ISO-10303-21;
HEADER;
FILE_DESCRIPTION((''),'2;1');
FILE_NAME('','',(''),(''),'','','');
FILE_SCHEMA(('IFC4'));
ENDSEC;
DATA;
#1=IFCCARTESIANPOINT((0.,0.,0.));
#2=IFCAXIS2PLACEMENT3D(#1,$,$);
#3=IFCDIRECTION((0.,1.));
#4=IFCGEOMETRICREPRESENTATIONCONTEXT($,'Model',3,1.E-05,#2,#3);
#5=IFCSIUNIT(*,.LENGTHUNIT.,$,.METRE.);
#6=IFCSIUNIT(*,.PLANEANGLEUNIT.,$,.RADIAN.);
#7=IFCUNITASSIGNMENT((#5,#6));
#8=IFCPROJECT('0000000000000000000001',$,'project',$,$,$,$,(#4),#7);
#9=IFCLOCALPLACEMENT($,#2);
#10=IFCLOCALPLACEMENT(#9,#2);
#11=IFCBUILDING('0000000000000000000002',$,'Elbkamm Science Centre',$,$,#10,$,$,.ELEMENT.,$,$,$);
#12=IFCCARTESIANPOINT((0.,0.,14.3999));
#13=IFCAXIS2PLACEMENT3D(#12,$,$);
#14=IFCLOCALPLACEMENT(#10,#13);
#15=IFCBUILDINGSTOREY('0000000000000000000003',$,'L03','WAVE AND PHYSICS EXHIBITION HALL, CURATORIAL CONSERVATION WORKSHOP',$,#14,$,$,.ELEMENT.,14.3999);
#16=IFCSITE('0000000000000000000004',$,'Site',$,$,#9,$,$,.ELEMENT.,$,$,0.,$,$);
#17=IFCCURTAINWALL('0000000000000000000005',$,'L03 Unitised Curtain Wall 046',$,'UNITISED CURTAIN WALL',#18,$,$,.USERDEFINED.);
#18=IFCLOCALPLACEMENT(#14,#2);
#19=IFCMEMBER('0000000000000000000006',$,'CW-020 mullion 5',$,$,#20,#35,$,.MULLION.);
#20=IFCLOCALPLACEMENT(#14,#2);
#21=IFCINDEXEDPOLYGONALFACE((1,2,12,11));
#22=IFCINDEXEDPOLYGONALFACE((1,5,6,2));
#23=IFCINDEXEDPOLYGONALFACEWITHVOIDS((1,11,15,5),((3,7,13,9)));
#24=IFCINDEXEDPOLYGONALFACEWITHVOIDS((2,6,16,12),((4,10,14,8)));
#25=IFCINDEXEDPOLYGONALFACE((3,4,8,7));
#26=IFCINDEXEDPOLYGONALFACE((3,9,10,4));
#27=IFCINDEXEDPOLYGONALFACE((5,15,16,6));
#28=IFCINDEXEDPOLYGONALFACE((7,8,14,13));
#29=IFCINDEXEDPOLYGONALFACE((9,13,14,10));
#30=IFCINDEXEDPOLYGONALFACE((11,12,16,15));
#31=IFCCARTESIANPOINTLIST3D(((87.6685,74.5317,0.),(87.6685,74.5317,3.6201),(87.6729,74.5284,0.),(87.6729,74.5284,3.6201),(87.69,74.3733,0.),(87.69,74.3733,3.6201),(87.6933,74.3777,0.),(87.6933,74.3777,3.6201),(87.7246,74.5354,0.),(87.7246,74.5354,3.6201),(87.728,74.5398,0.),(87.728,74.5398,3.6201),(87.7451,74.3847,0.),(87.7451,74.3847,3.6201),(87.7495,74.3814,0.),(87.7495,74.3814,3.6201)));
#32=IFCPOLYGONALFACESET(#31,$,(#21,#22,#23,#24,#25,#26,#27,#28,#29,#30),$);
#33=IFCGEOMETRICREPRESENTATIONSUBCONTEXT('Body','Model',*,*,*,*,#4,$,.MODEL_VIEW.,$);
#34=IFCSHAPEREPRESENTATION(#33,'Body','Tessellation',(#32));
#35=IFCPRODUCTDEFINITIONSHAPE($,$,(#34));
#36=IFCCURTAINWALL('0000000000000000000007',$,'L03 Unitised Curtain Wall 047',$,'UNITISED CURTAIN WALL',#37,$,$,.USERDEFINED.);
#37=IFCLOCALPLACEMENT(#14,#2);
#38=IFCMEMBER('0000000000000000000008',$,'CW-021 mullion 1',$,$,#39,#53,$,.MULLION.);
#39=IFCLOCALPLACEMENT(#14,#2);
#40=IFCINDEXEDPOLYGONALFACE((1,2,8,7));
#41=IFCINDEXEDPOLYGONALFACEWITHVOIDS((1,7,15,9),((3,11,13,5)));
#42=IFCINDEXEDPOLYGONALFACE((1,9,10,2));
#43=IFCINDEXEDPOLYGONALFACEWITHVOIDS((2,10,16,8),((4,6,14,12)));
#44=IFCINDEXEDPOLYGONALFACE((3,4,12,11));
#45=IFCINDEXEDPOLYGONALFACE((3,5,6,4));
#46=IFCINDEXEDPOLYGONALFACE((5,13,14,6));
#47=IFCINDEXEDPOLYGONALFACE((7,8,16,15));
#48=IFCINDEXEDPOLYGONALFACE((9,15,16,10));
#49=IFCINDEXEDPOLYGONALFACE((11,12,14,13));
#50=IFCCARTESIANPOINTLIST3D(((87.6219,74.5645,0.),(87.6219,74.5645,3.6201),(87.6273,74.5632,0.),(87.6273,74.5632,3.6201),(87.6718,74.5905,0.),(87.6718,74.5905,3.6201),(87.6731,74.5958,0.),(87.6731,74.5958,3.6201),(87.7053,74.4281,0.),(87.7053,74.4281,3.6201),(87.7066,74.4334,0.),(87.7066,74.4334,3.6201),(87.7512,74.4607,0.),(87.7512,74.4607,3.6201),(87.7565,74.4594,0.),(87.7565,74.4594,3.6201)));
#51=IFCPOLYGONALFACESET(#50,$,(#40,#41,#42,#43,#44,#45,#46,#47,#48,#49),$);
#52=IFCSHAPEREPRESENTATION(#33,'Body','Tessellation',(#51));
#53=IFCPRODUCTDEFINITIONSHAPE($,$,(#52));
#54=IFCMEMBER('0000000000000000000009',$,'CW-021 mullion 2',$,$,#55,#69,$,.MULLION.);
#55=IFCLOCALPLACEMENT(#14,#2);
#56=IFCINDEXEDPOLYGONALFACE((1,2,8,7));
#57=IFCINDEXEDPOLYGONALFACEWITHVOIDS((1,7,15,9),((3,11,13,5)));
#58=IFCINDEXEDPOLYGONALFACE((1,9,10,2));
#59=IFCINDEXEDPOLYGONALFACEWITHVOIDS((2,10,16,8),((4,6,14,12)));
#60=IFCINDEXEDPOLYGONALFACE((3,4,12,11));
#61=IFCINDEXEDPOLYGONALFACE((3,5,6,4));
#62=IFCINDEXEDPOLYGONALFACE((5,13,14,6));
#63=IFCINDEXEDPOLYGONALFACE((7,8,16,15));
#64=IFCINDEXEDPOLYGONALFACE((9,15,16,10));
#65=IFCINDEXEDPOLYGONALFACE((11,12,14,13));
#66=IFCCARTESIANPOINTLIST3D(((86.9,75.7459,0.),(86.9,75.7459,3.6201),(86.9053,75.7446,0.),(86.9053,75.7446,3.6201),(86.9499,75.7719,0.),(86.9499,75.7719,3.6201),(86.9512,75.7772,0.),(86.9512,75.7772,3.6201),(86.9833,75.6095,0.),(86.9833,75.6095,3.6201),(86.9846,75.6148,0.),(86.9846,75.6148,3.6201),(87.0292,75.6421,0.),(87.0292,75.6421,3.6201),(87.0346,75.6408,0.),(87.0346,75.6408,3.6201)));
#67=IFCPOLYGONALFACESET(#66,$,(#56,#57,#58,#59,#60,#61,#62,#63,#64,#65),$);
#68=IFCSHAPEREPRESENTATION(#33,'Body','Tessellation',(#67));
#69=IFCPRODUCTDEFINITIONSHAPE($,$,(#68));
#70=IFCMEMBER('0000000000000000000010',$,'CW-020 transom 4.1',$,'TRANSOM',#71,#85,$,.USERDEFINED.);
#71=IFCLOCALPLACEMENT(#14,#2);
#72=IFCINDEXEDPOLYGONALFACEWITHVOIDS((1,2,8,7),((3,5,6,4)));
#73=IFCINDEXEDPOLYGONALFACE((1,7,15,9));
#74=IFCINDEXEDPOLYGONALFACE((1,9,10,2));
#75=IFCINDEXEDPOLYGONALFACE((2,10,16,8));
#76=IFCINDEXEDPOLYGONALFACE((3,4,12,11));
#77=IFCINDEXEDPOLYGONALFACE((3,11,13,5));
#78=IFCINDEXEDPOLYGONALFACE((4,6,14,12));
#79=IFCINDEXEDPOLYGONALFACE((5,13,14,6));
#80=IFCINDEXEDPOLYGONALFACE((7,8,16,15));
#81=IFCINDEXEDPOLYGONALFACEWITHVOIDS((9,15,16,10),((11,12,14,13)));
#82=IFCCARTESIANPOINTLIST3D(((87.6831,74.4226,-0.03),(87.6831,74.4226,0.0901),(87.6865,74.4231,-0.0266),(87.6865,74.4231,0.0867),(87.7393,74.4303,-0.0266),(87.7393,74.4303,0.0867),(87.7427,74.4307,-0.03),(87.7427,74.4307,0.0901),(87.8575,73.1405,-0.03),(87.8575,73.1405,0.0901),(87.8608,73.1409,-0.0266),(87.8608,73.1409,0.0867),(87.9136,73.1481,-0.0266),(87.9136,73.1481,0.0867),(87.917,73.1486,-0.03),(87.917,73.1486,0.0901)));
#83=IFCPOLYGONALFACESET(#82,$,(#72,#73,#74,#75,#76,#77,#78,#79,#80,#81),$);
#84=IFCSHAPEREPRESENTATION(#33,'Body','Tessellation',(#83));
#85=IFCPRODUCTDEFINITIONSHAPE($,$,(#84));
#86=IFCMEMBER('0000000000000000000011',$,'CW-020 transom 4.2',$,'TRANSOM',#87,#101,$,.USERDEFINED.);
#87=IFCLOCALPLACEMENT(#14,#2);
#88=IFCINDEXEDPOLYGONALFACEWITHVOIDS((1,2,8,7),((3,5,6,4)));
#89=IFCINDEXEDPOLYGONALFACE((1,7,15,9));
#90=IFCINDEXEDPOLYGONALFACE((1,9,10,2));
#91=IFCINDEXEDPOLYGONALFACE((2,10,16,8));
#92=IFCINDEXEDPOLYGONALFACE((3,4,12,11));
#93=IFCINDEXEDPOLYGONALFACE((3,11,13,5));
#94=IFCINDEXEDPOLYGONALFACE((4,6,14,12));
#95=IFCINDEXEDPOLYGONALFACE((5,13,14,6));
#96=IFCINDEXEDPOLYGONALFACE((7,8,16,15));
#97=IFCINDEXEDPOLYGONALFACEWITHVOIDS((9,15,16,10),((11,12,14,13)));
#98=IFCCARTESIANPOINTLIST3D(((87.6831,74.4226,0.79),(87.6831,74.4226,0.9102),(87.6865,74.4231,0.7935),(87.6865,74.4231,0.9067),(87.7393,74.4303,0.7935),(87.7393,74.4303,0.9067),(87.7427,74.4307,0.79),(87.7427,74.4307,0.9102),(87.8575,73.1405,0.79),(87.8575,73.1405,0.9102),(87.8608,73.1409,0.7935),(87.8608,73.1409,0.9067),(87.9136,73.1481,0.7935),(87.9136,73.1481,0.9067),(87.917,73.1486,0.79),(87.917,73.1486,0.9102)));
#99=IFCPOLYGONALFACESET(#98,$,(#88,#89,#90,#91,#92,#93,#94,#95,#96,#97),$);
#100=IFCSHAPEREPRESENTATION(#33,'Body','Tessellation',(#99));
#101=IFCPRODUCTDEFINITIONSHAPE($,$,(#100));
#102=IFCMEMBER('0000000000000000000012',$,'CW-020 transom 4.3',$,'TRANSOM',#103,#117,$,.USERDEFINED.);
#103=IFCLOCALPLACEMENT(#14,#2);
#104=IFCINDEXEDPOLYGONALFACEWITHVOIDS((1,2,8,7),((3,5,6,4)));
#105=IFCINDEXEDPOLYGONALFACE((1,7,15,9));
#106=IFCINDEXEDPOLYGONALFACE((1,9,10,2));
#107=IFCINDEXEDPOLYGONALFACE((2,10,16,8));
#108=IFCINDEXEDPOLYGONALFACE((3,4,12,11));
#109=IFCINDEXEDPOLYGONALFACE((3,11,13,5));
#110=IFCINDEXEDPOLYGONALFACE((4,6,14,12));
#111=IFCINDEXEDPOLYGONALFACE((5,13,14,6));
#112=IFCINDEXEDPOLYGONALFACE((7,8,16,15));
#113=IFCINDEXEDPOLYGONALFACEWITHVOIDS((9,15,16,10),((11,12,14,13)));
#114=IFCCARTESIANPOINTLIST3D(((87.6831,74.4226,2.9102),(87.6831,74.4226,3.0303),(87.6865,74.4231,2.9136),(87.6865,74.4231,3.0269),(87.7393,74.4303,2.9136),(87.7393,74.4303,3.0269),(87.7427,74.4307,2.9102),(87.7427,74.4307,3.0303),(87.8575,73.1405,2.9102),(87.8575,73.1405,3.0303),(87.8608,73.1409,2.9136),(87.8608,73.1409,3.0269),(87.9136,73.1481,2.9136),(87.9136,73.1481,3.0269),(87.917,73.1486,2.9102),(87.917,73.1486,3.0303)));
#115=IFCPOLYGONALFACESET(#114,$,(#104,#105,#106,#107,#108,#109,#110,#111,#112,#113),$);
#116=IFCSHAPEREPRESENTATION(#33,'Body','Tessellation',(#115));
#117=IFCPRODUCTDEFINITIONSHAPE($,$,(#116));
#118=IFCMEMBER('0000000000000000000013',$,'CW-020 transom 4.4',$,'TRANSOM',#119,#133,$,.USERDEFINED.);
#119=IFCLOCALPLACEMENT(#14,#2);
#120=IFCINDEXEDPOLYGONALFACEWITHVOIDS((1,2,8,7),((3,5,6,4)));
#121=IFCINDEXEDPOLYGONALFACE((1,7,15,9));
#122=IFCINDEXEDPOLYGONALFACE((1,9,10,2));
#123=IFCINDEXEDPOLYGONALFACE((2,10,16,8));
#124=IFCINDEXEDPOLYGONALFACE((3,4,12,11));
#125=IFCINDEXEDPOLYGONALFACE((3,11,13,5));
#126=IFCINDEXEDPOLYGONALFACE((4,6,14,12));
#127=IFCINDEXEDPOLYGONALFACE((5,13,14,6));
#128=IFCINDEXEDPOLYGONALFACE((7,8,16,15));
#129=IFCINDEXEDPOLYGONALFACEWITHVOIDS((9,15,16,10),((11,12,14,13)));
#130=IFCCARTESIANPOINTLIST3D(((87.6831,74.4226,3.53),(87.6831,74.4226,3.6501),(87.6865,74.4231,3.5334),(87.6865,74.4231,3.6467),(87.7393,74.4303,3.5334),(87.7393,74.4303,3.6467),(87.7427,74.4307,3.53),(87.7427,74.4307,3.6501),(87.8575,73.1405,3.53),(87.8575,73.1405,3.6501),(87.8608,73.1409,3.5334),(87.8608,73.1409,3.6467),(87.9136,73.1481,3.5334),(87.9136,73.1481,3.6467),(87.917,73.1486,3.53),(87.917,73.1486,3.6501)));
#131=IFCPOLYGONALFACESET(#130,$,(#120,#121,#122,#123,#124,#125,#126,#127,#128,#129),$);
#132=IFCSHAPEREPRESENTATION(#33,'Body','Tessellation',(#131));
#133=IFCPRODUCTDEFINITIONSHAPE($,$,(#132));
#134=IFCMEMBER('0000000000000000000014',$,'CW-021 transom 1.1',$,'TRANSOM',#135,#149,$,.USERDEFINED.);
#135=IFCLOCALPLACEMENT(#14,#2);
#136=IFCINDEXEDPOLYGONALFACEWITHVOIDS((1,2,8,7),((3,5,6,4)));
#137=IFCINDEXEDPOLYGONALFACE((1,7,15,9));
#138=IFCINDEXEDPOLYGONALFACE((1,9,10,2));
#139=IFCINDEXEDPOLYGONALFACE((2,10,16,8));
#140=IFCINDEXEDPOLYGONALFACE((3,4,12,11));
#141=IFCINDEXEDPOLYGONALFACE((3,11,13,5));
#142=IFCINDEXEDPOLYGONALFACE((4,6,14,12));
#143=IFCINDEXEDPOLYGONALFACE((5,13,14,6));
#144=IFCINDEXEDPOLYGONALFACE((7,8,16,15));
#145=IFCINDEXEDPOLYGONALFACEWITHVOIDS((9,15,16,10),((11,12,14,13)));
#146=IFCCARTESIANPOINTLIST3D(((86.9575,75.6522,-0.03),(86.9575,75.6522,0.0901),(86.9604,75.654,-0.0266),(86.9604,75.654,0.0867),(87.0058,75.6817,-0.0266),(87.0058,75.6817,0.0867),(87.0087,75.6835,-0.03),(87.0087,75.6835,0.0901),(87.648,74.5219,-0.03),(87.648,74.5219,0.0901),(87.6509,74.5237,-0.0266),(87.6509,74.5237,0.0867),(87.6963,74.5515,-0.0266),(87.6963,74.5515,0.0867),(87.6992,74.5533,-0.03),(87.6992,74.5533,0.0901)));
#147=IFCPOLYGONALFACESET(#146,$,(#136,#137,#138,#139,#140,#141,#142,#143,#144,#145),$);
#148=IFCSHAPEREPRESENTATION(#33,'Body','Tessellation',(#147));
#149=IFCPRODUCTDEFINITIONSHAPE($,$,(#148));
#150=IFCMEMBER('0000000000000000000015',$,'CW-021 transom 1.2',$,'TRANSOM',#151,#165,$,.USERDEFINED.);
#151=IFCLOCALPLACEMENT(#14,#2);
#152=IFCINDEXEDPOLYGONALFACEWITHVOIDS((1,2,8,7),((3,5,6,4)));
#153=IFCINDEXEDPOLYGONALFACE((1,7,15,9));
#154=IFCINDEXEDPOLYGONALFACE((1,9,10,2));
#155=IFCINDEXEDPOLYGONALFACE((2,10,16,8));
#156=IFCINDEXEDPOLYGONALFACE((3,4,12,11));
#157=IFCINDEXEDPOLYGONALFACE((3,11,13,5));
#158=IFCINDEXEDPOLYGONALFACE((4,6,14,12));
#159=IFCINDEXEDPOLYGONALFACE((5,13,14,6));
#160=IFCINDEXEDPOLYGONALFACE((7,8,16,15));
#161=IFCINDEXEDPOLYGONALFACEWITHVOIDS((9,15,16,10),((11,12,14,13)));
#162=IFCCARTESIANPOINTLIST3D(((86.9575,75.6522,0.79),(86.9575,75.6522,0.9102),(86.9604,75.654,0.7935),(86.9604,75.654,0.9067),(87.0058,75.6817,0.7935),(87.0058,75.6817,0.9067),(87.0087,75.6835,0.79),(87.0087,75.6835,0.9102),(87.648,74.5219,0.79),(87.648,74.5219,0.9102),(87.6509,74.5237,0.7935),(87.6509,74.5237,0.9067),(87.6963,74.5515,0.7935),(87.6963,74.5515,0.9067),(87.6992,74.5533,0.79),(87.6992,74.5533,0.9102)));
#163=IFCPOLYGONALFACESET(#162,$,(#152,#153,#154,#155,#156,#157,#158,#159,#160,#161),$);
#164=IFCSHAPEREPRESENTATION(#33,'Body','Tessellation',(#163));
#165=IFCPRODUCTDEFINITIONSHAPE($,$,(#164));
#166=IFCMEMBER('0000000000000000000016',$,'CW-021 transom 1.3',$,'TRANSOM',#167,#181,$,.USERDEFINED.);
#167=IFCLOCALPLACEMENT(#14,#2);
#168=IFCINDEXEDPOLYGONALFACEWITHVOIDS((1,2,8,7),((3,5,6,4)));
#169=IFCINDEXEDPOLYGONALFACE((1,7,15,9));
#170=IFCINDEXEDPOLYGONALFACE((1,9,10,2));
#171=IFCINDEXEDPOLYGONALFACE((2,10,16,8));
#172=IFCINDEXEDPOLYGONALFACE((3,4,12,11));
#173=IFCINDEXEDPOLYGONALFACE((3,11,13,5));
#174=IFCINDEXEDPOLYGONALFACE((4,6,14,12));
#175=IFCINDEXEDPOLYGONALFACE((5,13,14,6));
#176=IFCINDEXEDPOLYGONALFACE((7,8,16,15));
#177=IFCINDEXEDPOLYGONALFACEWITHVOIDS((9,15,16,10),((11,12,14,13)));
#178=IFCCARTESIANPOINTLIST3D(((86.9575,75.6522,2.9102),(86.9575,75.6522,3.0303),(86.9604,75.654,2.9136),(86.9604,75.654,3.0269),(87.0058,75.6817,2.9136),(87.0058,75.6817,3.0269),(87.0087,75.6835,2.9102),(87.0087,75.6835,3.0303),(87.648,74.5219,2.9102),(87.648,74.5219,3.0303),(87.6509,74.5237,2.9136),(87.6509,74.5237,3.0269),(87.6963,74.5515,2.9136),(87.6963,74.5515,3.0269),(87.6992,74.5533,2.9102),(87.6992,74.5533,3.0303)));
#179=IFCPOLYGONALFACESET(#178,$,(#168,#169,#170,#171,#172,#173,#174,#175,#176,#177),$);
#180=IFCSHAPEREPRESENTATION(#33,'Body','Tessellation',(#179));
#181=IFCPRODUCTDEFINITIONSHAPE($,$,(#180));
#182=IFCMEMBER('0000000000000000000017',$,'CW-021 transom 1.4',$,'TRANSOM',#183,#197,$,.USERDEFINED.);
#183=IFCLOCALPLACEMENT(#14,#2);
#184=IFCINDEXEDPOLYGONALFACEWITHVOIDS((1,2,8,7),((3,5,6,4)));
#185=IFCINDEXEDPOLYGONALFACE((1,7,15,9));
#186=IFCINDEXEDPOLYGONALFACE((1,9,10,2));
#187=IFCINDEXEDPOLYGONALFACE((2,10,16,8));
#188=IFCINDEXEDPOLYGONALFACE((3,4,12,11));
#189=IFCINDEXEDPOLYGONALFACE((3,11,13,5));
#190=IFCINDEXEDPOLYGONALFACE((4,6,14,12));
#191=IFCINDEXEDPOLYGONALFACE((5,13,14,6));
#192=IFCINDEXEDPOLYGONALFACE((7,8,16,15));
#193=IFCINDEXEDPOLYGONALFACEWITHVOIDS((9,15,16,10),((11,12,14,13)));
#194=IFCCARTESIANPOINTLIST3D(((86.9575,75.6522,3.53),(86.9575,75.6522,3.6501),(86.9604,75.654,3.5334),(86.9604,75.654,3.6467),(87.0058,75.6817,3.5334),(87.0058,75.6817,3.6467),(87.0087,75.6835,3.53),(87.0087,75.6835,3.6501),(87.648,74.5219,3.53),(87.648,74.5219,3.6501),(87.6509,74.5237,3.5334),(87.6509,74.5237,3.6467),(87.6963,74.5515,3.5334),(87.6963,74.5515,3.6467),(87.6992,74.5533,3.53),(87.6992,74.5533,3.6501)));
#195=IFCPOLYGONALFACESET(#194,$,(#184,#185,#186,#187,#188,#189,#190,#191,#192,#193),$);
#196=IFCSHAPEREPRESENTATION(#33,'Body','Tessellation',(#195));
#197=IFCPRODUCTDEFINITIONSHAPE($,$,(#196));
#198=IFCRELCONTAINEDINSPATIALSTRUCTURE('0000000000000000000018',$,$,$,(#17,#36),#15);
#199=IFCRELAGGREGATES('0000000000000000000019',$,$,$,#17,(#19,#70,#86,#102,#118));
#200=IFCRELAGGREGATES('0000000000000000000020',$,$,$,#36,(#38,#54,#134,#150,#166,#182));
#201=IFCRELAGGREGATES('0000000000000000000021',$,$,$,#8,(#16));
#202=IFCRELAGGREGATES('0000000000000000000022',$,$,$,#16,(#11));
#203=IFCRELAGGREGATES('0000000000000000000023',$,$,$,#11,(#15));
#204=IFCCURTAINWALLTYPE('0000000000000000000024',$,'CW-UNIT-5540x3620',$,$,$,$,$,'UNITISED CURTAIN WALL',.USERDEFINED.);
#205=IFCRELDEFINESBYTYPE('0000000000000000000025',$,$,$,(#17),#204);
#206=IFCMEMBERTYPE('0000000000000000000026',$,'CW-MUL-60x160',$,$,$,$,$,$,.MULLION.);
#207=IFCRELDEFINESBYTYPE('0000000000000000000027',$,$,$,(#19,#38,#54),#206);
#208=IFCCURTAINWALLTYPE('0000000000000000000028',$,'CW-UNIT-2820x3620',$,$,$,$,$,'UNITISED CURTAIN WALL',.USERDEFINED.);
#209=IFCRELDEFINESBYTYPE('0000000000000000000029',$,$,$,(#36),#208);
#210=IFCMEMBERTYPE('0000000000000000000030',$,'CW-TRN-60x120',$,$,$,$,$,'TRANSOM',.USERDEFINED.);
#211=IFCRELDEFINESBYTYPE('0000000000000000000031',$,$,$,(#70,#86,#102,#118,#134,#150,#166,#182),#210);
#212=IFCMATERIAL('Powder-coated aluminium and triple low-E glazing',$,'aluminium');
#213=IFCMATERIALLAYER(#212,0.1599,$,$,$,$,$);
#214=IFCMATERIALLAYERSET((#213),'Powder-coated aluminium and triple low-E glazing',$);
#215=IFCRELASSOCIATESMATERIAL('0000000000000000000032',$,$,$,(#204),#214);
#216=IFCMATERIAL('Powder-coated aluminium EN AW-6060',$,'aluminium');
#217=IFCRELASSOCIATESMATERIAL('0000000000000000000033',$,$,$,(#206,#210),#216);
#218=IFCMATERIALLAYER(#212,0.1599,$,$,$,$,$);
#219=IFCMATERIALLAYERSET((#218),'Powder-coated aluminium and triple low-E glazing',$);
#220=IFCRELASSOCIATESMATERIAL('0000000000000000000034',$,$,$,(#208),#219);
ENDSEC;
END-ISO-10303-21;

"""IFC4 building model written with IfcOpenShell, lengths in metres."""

from ifc_helpers import new_model, si_unit, direction, frame, origin, origin_2d, place, context, subcontext, project, spatial, hollow_rectangle, extrude, material, layer, layer_set, material_profile, profile_set, type_object, element, aggregate, save


model = new_model("IFC4")

# Units and contexts
model_context = context("Model", 3, precision=1e-05, world=origin(), true_north=direction((0.0, 1.0)))
body_context = subcontext(model_context, "Body", "Model", "MODEL_VIEW")
ifc_project = project(units=[si_unit("LENGTHUNIT", "METRE"), si_unit("PLANEANGLEUNIT", "RADIAN")], contexts=[model_context])

# Site, building, storey
site_placement = place(None, origin())
site = spatial("IfcSite", under=ifc_project, at=site_placement, Name="Site", CompositionType="ELEMENT", RefElevation=0.0)
building_placement = place(site_placement, origin())
building = spatial("IfcBuilding", under=site, at=building_placement, Name="Elbkamm Science Centre", CompositionType="ELEMENT")
storey_placement = place(building_placement, frame((0.0, 0.0, 14.3999)))
storey = spatial("IfcBuildingStorey", under=building, at=storey_placement, Name="L03", Description="WAVE AND PHYSICS EXHIBITION HALL, CURATORIAL CONSERVATION WORKSHOP", CompositionType="ELEMENT", Elevation=14.3999)

# Curtain wall, member
ifc_material_1 = material(Name="Powder-coated aluminium and triple low-E glazing", Category="aluminium")
ifc_layer_1 = layer(ifc_material_1, 0.1599)
ifc_layer_set_1 = layer_set([ifc_layer_1], Name="Powder-coated aluminium and triple low-E glazing")
curtain_wall_type_1 = type_object("IfcCurtainWallType", Name="CW-UNIT-5540x3620", ElementType="UNITISED CURTAIN WALL", PredefinedType="USERDEFINED", material=ifc_layer_set_1)
curtain_wall_1_placement = place(storey_placement, origin())
curtain_wall_1 = element("IfcCurtainWall", 1, at=curtain_wall_1_placement, inside=storey, type_object=curtain_wall_type_1, Name="L03 Unitised Curtain Wall 046", ObjectType="UNITISED CURTAIN WALL", PredefinedType="USERDEFINED")
ifc_material_2 = material(Name="Powder-coated aluminium EN AW-6060", Category="aluminium")
ifc_material_profile_1 = material_profile(ifc_material_2, hollow_rectangle(XDim=0.0601, YDim=0.1599, WallThickness=0.0039, at=origin_2d()), Name="ALU M60x160")
ifc_profile_set_1 = profile_set([ifc_material_profile_1], Name="Powder-coated aluminium EN AW-6060")
member_type_1 = type_object("IfcMemberType", Name="CW-MUL-60x160", PredefinedType="MULLION", material=ifc_profile_set_1)
member_1_placement = place(storey_placement, frame((87.709, 74.4565, 0.0), z_axis=(0.0, 0.0, 1.0), x_axis=(-0.990903, -0.134576, 0.0)))
member_1 = element("IfcMember", 2, at=member_1_placement, type_object=member_type_1, Name="CW-020 mullion 5", PredefinedType="MULLION", context=body_context, shape_type="SweptSolid", body=[
    extrude(hollow_rectangle(XDim=0.0601, YDim=0.1599, WallThickness=0.0039, at=origin_2d()), origin(), (0.0, 0.0, 1.0), 3.6201),
])

# Curtain wall, members
ifc_layer_2 = layer(ifc_material_1, 0.1599)
ifc_layer_set_2 = layer_set([ifc_layer_2], Name="Powder-coated aluminium and triple low-E glazing")
curtain_wall_type_2 = type_object("IfcCurtainWallType", Name="CW-UNIT-2820x3620", ElementType="UNITISED CURTAIN WALL", PredefinedType="USERDEFINED", material=ifc_layer_set_2)
curtain_wall_2_placement = place(storey_placement, origin())
curtain_wall_2 = element("IfcCurtainWall", 3, at=curtain_wall_2_placement, inside=storey, type_object=curtain_wall_type_2, Name="L03 Unitised Curtain Wall 047", ObjectType="UNITISED CURTAIN WALL", PredefinedType="USERDEFINED")
member_2_placement = place(storey_placement, frame((87.6892, 74.512, 0.0), z_axis=(0.0, 0.0, 1.0), x_axis=(-0.853317, -0.521393, 0.0)))
member_2 = element("IfcMember", 4, at=member_2_placement, type_object=member_type_1, Name="CW-021 mullion 1", PredefinedType="MULLION", context=body_context, shape_type="SweptSolid", body=[
    extrude(hollow_rectangle(XDim=0.0601, YDim=0.1599, WallThickness=0.0039, at=origin_2d()), origin(), (0.0, 0.0, 1.0), 3.6201),
])
member_3_placement = place(storey_placement, frame((86.9673, 75.6934, 0.0), z_axis=(0.0, 0.0, 1.0), x_axis=(-0.853317, -0.521393, 0.0)))
member_3 = element("IfcMember", 5, at=member_3_placement, type_object=member_type_1, Name="CW-021 mullion 2", PredefinedType="MULLION", context=body_context, shape_type="SweptSolid", body=[
    extrude(hollow_rectangle(XDim=0.0601, YDim=0.1599, WallThickness=0.0039, at=origin_2d()), origin(), (0.0, 0.0, 1.0), 3.6201),
])

# Members
ifc_material_profile_2 = material_profile(ifc_material_2, hollow_rectangle(XDim=0.0601, YDim=0.1201, WallThickness=0.0034, at=origin_2d()), Name="ALU T60x120")
ifc_profile_set_2 = profile_set([ifc_material_profile_2], Name="Powder-coated aluminium EN AW-6060")
member_type_2 = type_object("IfcMemberType", Name="CW-TRN-60x120", ElementType="TRANSOM", PredefinedType="USERDEFINED", material=ifc_profile_set_2)
member_4_placement = place(storey_placement, frame((87.8872, 73.1445, 0.03), z_axis=(-0.134709, 0.990885, 0.0), x_axis=(-0.990885, -0.134709, 0.0)))
member_4 = element("IfcMember", 6, at=member_4_placement, type_object=member_type_2, Name="CW-020 transom 4.1", ObjectType="TRANSOM", PredefinedType="USERDEFINED", context=body_context, shape_type="SweptSolid", body=[
    extrude(hollow_rectangle(XDim=0.0601, YDim=0.1201, WallThickness=0.0034, at=origin_2d()), origin(), (0.0, 0.0, 1.0), 1.2939),
])
member_5_placement = place(storey_placement, frame((87.8872, 73.1445, 0.8501), z_axis=(-0.134709, 0.990885, 0.0), x_axis=(-0.990885, -0.134709, 0.0)))
member_5 = element("IfcMember", 7, at=member_5_placement, type_object=member_type_2, Name="CW-020 transom 4.2", ObjectType="TRANSOM", PredefinedType="USERDEFINED", context=body_context, shape_type="SweptSolid", body=[
    extrude(hollow_rectangle(XDim=0.0601, YDim=0.1201, WallThickness=0.0034, at=origin_2d()), origin(), (0.0, 0.0, 1.0), 1.2939),
])
member_6_placement = place(storey_placement, frame((87.8872, 73.1445, 2.9702), z_axis=(-0.134709, 0.990885, 0.0), x_axis=(-0.990885, -0.134709, 0.0)))
member_6 = element("IfcMember", 8, at=member_6_placement, type_object=member_type_2, Name="CW-020 transom 4.3", ObjectType="TRANSOM", PredefinedType="USERDEFINED", context=body_context, shape_type="SweptSolid", body=[
    extrude(hollow_rectangle(XDim=0.0601, YDim=0.1201, WallThickness=0.0034, at=origin_2d()), origin(), (0.0, 0.0, 1.0), 1.2939),
])
member_7_placement = place(storey_placement, frame((87.8872, 73.1445, 3.5901), z_axis=(-0.134709, 0.990885, 0.0), x_axis=(-0.990885, -0.134709, 0.0)))
member_7 = element("IfcMember", 9, at=member_7_placement, type_object=member_type_2, Name="CW-020 transom 4.4", ObjectType="TRANSOM", PredefinedType="USERDEFINED", context=body_context, shape_type="SweptSolid", body=[
    extrude(hollow_rectangle(XDim=0.0601, YDim=0.1201, WallThickness=0.0034, at=origin_2d()), origin(), (0.0, 0.0, 1.0), 1.2939),
])
member_8_placement = place(storey_placement, frame((87.6736, 74.5376, 0.03), z_axis=(-0.521338, 0.85335, 0.0), x_axis=(-0.85335, -0.521338, 0.0)))
member_8 = element("IfcMember", 10, at=member_8_placement, type_object=member_type_2, Name="CW-021 transom 1.1", ObjectType="TRANSOM", PredefinedType="USERDEFINED", context=body_context, shape_type="SweptSolid", body=[
    extrude(hollow_rectangle(XDim=0.0601, YDim=0.1201, WallThickness=0.0034, at=origin_2d()), origin(), (0.0, 0.0, 1.0), 1.3245),
])
member_9_placement = place(storey_placement, frame((87.6736, 74.5376, 0.8501), z_axis=(-0.521338, 0.85335, 0.0), x_axis=(-0.85335, -0.521338, 0.0)))
member_9 = element("IfcMember", 11, at=member_9_placement, type_object=member_type_2, Name="CW-021 transom 1.2", ObjectType="TRANSOM", PredefinedType="USERDEFINED", context=body_context, shape_type="SweptSolid", body=[
    extrude(hollow_rectangle(XDim=0.0601, YDim=0.1201, WallThickness=0.0034, at=origin_2d()), origin(), (0.0, 0.0, 1.0), 1.3245),
])
member_10_placement = place(storey_placement, frame((87.6736, 74.5376, 2.9702), z_axis=(-0.521338, 0.85335, 0.0), x_axis=(-0.85335, -0.521338, 0.0)))
member_10 = element("IfcMember", 12, at=member_10_placement, type_object=member_type_2, Name="CW-021 transom 1.3", ObjectType="TRANSOM", PredefinedType="USERDEFINED", context=body_context, shape_type="SweptSolid", body=[
    extrude(hollow_rectangle(XDim=0.0601, YDim=0.1201, WallThickness=0.0034, at=origin_2d()), origin(), (0.0, 0.0, 1.0), 1.3245),
])
member_11_placement = place(storey_placement, frame((87.6736, 74.5376, 3.5901), z_axis=(-0.521338, 0.85335, 0.0), x_axis=(-0.85335, -0.521338, 0.0)))
member_11 = element("IfcMember", 13, at=member_11_placement, type_object=member_type_2, Name="CW-021 transom 1.4", ObjectType="TRANSOM", PredefinedType="USERDEFINED", context=body_context, shape_type="SweptSolid", body=[
    extrude(hollow_rectangle(XDim=0.0601, YDim=0.1201, WallThickness=0.0034, at=origin_2d()), origin(), (0.0, 0.0, 1.0), 1.3245),
])

aggregate(curtain_wall_1, [member_1, member_4, member_5, member_6, member_7])
aggregate(curtain_wall_2, [member_2, member_3, member_8, member_9, member_10, member_11])

save(model, "model.ifc")
